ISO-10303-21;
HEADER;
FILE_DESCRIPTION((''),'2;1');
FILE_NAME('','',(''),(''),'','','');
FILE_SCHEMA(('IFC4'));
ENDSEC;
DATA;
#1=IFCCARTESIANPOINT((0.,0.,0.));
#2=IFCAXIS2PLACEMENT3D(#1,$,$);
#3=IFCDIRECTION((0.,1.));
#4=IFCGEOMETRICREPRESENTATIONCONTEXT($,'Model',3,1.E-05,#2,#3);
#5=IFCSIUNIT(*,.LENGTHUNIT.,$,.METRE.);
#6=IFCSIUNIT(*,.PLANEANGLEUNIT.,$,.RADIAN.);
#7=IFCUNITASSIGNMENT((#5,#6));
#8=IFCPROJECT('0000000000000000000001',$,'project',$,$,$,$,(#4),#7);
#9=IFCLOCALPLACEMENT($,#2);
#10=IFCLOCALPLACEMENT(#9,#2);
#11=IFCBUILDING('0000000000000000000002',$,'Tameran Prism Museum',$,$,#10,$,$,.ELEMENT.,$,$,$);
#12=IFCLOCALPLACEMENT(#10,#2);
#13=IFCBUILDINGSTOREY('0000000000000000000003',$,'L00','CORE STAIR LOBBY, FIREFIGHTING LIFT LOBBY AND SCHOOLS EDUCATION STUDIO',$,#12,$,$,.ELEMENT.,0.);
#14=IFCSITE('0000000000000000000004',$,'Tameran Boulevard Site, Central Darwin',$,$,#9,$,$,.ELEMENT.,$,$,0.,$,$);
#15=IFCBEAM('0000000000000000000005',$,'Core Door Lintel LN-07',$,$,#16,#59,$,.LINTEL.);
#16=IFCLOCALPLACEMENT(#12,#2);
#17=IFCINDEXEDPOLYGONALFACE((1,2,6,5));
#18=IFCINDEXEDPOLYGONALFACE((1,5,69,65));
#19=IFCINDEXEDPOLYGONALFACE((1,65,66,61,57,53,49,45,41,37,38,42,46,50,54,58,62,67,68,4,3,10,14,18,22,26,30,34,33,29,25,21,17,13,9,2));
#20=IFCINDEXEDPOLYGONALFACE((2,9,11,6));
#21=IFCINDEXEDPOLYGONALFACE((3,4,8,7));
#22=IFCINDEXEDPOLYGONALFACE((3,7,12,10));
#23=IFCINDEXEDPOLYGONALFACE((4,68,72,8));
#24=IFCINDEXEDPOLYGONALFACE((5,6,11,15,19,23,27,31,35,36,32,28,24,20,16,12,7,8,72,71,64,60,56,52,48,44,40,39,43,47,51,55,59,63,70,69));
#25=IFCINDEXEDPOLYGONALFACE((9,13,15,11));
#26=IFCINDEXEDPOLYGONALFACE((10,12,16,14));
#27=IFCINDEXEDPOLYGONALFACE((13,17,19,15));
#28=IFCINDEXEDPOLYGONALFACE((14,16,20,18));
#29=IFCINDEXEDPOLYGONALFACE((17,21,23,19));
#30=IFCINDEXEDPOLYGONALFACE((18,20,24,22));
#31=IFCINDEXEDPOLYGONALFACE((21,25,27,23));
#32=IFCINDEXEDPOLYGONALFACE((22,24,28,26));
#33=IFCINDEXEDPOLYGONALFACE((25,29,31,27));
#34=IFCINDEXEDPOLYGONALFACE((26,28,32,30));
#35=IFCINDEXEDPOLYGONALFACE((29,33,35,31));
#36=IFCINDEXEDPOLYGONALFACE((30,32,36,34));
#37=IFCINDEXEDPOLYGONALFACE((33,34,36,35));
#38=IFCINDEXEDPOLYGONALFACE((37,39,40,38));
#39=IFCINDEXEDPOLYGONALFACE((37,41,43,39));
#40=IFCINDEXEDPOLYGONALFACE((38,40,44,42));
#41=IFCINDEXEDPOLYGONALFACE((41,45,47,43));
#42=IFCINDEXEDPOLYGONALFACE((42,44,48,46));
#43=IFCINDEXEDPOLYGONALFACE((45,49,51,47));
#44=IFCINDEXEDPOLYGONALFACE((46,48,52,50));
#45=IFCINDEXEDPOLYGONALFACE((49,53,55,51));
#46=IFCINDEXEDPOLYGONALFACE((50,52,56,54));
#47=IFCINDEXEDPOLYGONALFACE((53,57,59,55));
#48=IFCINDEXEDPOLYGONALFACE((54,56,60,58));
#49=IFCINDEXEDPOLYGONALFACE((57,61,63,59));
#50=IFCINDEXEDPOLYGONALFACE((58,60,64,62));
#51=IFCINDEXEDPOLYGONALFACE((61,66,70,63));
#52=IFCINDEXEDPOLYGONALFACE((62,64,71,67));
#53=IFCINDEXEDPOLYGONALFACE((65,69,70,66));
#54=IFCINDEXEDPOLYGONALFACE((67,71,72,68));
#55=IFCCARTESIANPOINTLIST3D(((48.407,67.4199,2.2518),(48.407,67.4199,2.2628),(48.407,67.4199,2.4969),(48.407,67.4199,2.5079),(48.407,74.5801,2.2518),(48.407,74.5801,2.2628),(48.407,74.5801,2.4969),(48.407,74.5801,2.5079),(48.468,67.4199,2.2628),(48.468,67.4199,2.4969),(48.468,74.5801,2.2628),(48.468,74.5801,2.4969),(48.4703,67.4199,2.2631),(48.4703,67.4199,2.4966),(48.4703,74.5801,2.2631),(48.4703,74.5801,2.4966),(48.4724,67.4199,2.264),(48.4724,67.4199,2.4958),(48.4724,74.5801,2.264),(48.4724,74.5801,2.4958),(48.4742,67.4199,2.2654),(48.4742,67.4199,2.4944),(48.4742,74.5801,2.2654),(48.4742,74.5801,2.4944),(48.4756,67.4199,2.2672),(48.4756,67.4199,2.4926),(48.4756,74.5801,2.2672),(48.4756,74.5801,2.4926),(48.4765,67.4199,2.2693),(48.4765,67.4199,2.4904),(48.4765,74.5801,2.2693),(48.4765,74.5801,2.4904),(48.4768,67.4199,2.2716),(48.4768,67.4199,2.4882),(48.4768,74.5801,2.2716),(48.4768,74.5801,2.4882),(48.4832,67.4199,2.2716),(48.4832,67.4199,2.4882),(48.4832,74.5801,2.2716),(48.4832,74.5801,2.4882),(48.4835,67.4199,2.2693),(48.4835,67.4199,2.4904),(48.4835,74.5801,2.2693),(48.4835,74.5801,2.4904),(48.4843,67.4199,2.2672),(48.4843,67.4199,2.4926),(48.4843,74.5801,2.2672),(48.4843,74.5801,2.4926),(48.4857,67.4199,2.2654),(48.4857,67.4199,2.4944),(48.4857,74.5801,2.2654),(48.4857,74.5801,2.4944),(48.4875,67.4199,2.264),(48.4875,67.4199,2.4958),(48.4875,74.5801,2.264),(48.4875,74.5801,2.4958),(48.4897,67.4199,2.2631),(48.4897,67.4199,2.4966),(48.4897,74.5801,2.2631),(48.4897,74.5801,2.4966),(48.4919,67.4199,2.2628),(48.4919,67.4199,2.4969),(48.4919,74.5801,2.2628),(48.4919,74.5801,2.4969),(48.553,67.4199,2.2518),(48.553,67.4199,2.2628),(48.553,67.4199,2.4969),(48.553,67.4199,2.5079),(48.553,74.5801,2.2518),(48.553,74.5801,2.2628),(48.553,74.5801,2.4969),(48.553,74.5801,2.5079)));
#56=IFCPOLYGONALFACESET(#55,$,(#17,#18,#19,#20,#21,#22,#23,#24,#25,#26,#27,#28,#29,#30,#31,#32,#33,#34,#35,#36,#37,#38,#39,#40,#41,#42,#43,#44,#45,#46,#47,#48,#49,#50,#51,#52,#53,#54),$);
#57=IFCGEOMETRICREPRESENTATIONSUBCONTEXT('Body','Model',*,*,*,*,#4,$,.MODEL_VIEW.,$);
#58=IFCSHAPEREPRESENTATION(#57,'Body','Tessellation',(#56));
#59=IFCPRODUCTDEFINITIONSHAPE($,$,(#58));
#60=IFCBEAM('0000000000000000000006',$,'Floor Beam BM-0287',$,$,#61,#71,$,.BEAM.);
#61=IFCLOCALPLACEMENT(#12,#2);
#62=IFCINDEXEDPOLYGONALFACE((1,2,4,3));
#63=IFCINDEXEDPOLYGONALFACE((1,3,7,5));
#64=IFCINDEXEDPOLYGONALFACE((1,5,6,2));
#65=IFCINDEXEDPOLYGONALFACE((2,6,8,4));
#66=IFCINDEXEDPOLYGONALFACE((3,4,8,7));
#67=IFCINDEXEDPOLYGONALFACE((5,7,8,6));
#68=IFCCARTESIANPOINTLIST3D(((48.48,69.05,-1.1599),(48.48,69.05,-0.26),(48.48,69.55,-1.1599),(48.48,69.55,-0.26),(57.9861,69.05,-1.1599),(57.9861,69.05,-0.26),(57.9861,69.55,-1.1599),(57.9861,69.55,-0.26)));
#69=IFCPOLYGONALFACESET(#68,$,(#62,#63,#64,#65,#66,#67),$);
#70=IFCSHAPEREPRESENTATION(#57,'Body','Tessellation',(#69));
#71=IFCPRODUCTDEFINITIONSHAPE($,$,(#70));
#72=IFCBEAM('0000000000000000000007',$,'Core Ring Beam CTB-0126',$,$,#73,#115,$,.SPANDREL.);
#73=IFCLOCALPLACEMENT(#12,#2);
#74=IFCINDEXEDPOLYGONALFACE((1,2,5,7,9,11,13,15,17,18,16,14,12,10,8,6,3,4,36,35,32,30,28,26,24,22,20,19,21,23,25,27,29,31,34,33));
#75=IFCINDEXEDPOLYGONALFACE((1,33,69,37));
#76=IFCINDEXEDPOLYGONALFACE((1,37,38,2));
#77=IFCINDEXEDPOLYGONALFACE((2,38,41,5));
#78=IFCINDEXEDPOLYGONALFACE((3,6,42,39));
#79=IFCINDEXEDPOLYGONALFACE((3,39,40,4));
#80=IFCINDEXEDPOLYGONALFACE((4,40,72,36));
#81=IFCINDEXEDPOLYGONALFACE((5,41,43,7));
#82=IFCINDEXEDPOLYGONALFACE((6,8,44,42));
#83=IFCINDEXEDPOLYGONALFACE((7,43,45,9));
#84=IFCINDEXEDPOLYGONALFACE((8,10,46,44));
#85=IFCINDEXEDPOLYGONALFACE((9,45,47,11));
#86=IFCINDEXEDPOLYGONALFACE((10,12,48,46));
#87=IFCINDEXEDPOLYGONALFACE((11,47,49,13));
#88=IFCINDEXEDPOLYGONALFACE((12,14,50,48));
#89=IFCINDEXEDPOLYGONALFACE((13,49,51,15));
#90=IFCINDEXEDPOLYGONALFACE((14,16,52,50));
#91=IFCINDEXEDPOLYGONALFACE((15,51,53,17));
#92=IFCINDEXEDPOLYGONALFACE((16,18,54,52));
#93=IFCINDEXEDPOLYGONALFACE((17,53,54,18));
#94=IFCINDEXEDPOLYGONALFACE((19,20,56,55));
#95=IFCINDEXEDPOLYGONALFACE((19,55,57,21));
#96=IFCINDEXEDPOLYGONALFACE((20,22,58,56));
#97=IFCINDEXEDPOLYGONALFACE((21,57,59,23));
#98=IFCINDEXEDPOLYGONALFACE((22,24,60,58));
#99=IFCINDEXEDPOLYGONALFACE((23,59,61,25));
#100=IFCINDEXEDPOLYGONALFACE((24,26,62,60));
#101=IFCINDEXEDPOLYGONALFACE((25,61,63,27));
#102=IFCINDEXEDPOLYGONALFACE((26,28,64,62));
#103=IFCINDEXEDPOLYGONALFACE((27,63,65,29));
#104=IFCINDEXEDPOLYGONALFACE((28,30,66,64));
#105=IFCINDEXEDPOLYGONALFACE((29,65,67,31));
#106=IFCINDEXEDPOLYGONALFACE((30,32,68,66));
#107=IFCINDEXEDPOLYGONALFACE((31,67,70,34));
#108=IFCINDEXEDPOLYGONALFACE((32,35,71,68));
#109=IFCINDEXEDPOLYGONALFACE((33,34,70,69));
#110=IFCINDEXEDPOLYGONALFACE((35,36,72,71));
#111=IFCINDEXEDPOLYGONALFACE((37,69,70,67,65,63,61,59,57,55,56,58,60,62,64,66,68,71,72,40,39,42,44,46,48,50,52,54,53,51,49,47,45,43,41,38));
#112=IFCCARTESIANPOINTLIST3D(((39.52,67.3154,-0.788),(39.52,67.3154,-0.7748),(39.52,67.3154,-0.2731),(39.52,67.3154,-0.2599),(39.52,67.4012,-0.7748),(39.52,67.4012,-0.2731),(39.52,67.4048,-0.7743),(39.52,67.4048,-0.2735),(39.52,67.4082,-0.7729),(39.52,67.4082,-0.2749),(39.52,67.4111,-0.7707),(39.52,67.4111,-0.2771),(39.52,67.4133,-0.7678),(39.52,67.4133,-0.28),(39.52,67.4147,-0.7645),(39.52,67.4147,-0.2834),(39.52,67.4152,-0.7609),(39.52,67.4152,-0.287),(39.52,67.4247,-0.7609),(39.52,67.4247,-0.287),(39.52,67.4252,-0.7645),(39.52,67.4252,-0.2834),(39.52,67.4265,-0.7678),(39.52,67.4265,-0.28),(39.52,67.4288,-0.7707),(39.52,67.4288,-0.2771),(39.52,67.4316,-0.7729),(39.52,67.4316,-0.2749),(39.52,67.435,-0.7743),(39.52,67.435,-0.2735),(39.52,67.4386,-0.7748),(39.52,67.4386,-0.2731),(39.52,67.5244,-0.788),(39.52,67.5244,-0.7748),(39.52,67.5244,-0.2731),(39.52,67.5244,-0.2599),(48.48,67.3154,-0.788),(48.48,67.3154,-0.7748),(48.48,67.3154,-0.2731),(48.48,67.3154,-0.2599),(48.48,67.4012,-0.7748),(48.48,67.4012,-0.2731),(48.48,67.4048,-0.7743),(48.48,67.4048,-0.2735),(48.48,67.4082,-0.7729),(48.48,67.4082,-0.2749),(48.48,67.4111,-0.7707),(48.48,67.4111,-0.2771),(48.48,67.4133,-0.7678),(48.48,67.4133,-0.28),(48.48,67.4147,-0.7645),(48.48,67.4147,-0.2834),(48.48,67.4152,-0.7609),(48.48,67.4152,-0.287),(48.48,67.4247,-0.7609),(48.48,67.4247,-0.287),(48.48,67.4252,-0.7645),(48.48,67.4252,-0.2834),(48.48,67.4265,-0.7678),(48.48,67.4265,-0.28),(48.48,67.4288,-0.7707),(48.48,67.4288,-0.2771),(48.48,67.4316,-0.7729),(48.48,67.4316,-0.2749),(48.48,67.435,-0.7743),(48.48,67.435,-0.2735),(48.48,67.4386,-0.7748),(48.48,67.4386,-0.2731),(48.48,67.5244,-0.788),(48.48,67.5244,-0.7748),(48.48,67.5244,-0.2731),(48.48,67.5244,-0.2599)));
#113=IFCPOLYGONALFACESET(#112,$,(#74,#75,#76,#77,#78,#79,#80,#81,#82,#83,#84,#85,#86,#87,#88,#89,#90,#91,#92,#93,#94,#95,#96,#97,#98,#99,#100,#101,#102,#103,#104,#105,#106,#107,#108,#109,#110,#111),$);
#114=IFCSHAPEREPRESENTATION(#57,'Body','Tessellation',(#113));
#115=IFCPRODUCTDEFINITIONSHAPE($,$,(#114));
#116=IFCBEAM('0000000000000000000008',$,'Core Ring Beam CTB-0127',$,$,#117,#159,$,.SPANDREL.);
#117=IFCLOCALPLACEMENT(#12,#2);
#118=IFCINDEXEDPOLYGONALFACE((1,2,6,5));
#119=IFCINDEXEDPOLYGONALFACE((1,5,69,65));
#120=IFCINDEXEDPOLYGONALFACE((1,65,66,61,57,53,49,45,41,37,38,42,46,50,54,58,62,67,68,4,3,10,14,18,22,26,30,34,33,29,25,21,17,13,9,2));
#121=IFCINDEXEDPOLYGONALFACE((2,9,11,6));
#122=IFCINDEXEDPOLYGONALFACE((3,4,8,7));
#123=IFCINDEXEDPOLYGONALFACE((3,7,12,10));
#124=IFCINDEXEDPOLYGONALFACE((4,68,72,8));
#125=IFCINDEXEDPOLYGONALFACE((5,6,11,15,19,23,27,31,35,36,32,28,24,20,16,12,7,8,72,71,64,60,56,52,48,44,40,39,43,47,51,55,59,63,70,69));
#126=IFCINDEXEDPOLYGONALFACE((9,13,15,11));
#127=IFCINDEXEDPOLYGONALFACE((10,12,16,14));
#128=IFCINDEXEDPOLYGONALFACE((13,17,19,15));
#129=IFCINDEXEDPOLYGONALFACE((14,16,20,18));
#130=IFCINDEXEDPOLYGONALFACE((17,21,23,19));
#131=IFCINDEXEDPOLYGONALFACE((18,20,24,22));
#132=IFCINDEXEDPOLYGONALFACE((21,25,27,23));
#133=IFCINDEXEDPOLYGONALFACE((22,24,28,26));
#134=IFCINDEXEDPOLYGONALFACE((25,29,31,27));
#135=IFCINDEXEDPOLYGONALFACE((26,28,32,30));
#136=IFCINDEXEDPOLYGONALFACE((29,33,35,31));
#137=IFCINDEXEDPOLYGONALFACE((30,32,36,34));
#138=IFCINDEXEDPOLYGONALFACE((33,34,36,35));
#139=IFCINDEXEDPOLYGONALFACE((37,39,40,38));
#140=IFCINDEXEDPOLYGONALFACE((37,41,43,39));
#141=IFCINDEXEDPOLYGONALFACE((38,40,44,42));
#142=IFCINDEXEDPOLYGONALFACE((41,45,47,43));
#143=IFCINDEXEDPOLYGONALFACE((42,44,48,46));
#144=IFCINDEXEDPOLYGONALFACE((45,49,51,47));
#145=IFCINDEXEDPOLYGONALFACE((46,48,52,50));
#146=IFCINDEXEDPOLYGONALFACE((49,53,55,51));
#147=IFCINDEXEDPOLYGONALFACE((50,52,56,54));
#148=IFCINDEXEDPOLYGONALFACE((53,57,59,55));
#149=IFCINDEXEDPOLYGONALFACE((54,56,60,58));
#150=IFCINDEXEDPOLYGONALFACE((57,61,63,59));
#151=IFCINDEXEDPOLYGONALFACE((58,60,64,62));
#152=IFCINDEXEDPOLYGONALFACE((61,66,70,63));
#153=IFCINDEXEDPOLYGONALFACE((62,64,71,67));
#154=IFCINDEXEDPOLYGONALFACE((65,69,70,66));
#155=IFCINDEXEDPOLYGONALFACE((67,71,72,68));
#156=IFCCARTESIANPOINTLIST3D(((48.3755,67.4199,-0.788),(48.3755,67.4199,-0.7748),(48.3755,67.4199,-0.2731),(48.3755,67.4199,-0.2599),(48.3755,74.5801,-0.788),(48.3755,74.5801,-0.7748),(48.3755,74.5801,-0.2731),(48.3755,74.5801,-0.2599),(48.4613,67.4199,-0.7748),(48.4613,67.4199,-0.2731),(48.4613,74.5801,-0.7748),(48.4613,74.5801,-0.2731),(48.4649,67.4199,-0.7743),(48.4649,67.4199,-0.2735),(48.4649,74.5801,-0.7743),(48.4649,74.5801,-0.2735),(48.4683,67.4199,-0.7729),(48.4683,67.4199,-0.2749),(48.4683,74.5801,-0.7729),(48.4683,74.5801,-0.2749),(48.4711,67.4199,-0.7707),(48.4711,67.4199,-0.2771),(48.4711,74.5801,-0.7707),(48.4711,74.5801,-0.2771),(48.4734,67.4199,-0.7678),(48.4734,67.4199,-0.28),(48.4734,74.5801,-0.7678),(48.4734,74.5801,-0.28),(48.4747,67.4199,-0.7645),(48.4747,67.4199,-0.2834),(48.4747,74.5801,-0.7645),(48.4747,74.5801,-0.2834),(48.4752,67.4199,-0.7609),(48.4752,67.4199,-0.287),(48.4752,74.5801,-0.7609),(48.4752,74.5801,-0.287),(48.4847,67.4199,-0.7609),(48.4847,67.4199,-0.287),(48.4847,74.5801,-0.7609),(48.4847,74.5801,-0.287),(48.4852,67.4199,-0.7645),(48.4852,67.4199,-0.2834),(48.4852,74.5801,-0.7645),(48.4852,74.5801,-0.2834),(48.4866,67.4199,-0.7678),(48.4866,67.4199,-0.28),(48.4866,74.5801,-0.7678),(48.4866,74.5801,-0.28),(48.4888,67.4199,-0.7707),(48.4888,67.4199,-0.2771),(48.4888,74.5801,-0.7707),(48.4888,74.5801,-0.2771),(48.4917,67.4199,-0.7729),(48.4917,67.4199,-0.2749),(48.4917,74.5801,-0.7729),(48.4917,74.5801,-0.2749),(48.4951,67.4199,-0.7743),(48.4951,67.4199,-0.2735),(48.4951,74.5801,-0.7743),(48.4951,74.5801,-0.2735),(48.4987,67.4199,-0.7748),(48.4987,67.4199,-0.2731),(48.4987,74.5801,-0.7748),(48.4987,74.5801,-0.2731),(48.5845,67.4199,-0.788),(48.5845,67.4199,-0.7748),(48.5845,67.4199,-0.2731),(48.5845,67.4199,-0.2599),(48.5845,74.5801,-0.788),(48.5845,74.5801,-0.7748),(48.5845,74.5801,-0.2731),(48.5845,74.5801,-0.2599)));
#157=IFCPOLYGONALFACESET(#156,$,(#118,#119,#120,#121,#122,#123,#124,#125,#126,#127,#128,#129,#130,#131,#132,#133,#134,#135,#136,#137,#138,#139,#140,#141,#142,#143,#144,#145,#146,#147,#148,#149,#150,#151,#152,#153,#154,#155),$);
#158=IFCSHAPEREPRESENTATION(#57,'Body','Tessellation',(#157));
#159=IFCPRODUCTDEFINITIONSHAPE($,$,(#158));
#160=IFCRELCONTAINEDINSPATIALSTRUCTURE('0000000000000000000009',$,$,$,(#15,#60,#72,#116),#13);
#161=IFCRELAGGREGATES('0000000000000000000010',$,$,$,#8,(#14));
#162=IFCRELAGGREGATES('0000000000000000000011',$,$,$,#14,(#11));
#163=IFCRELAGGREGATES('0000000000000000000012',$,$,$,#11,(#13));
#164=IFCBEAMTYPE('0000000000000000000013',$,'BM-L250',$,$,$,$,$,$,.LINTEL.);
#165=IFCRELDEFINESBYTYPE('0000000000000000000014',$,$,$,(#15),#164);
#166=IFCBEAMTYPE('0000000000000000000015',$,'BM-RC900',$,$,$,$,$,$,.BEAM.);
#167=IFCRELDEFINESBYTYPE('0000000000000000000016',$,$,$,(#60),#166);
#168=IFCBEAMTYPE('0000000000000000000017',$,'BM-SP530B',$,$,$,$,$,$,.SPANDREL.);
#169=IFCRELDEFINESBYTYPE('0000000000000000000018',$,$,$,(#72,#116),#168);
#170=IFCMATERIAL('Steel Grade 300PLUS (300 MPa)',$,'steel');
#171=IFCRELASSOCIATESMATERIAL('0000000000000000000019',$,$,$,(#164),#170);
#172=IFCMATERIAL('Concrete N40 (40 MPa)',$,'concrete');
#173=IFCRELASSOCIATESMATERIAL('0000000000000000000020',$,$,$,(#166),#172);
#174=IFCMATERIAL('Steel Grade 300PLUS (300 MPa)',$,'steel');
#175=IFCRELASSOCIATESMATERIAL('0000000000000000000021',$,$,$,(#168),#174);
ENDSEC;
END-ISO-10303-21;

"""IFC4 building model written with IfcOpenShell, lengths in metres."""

from ifc_helpers import new_model, si_unit, direction, frame, origin, origin_2d, place, context, subcontext, project, spatial, rectangle, i_section, extrude, material, material_profile, profile_set, type_object, element, save


model = new_model("IFC4")

# Units and contexts
model_context = context("Model", 3, precision=1e-05, world=origin(), true_north=direction((0.0, 1.0)))
body_context = subcontext(model_context, "Body", "Model", "MODEL_VIEW")
ifc_project = project(units=[si_unit("LENGTHUNIT", "METRE"), si_unit("PLANEANGLEUNIT", "RADIAN")], contexts=[model_context])

# Site, building, storey
site_placement = place(None, origin())
site = spatial("IfcSite", under=ifc_project, at=site_placement, Name="Tameran Boulevard Site, Central Darwin", CompositionType="ELEMENT", RefElevation=0.0)
building_placement = place(site_placement, origin())
building = spatial("IfcBuilding", under=site, at=building_placement, Name="Tameran Prism Museum", CompositionType="ELEMENT")
storey_placement = place(building_placement, origin())
storey = spatial("IfcBuildingStorey", under=building, at=storey_placement, Name="L00", Description="CORE STAIR LOBBY, FIREFIGHTING LIFT LOBBY AND SCHOOLS EDUCATION STUDIO", CompositionType="ELEMENT", Elevation=0.0)

# Beams
ifc_material_1 = material(Name="Steel Grade 300PLUS (300 MPa)", Category="steel")
ifc_material_profile_1 = material_profile(ifc_material_1, i_section(OverallWidth=0.146, OverallDepth=0.2561, WebThickness=0.0063, FlangeThickness=0.011, FilletRadius=0.0088, at=origin_2d()))
ifc_profile_set_1 = profile_set([ifc_material_profile_1])
beam_type_1 = type_object("IfcBeamType", Name="BM-L250", PredefinedType="LINTEL", material=ifc_profile_set_1)
beam_1_placement = place(storey_placement, frame((48.48, 67.4199, 2.3799), z_axis=(0.0, 1.0, 0.0), x_axis=(-1.0, 0.0, 0.0)))
element("IfcBeam", 1, at=beam_1_placement, inside=storey, type_object=beam_type_1, Name="Core Door Lintel LN-07", PredefinedType="LINTEL", context=body_context, shape_type="SweptSolid", body=[
    extrude(i_section(OverallWidth=0.146, OverallDepth=0.2561, WebThickness=0.0063, FlangeThickness=0.011, FilletRadius=0.0088, at=origin_2d()), origin(), (0.0, 0.0, 1.0), 7.1602),
])
ifc_material_2 = material(Name="Concrete N40 (40 MPa)", Category="concrete")
ifc_material_profile_2 = material_profile(ifc_material_2, rectangle(XDim=0.5, YDim=0.8999, at=origin_2d()))
ifc_profile_set_2 = profile_set([ifc_material_profile_2])
beam_type_2 = type_object("IfcBeamType", Name="BM-RC900", PredefinedType="BEAM", material=ifc_profile_set_2)
beam_2_placement = place(storey_placement, frame((48.48, 69.3, -0.71), z_axis=(1.0, 0.0, 0.0), x_axis=(0.0, 1.0, 0.0)))
element("IfcBeam", 2, at=beam_2_placement, inside=storey, type_object=beam_type_2, Name="Floor Beam BM-0287", PredefinedType="BEAM", context=body_context, shape_type="SweptSolid", body=[
    extrude(rectangle(XDim=0.5, YDim=0.8999, at=origin_2d()), origin(), (0.0, 0.0, 1.0), 9.5061),
])
ifc_material_3 = material(Name="Steel Grade 300PLUS (300 MPa)", Category="steel")
ifc_material_profile_3 = material_profile(ifc_material_3, i_section(OverallWidth=0.209, OverallDepth=0.5281, WebThickness=0.0095, FlangeThickness=0.0132, FilletRadius=0.0139, at=origin_2d()))
ifc_profile_set_3 = profile_set([ifc_material_profile_3])
beam_type_3 = type_object("IfcBeamType", Name="BM-SP530B", PredefinedType="SPANDREL", material=ifc_profile_set_3)
beam_3_placement = place(storey_placement, frame((39.52, 67.4199, -0.5239), z_axis=(1.0, 0.0, 0.0), x_axis=(0.0, 1.0, 0.0)))
element("IfcBeam", 3, at=beam_3_placement, inside=storey, type_object=beam_type_3, Name="Core Ring Beam CTB-0126", PredefinedType="SPANDREL", context=body_context, shape_type="SweptSolid", body=[
    extrude(i_section(OverallWidth=0.209, OverallDepth=0.5281, WebThickness=0.0095, FlangeThickness=0.0132, FilletRadius=0.0139, at=origin_2d()), origin(), (0.0, 0.0, 1.0), 8.96),
])
for number, where, z_axis, x_axis, name in (
    (4, (48.48, 67.4199, -0.5239), (0.0, 1.0, 0.0), (-1.0, 0.0, 0.0), "Core Ring Beam CTB-0127"),
):
    element("IfcBeam", number, at=place(storey_placement, frame(where, z_axis=z_axis, x_axis=x_axis)), inside=storey, type_object=beam_type_3, Name=name, PredefinedType="SPANDREL", context=body_context, shape_type="SweptSolid", body=[
        extrude(i_section(OverallWidth=0.209, OverallDepth=0.5281, WebThickness=0.0095, FlangeThickness=0.0132, FilletRadius=0.0139, at=origin_2d()), origin(), (0.0, 0.0, 1.0), 7.1602),
    ])

save(model, "model.ifc")
